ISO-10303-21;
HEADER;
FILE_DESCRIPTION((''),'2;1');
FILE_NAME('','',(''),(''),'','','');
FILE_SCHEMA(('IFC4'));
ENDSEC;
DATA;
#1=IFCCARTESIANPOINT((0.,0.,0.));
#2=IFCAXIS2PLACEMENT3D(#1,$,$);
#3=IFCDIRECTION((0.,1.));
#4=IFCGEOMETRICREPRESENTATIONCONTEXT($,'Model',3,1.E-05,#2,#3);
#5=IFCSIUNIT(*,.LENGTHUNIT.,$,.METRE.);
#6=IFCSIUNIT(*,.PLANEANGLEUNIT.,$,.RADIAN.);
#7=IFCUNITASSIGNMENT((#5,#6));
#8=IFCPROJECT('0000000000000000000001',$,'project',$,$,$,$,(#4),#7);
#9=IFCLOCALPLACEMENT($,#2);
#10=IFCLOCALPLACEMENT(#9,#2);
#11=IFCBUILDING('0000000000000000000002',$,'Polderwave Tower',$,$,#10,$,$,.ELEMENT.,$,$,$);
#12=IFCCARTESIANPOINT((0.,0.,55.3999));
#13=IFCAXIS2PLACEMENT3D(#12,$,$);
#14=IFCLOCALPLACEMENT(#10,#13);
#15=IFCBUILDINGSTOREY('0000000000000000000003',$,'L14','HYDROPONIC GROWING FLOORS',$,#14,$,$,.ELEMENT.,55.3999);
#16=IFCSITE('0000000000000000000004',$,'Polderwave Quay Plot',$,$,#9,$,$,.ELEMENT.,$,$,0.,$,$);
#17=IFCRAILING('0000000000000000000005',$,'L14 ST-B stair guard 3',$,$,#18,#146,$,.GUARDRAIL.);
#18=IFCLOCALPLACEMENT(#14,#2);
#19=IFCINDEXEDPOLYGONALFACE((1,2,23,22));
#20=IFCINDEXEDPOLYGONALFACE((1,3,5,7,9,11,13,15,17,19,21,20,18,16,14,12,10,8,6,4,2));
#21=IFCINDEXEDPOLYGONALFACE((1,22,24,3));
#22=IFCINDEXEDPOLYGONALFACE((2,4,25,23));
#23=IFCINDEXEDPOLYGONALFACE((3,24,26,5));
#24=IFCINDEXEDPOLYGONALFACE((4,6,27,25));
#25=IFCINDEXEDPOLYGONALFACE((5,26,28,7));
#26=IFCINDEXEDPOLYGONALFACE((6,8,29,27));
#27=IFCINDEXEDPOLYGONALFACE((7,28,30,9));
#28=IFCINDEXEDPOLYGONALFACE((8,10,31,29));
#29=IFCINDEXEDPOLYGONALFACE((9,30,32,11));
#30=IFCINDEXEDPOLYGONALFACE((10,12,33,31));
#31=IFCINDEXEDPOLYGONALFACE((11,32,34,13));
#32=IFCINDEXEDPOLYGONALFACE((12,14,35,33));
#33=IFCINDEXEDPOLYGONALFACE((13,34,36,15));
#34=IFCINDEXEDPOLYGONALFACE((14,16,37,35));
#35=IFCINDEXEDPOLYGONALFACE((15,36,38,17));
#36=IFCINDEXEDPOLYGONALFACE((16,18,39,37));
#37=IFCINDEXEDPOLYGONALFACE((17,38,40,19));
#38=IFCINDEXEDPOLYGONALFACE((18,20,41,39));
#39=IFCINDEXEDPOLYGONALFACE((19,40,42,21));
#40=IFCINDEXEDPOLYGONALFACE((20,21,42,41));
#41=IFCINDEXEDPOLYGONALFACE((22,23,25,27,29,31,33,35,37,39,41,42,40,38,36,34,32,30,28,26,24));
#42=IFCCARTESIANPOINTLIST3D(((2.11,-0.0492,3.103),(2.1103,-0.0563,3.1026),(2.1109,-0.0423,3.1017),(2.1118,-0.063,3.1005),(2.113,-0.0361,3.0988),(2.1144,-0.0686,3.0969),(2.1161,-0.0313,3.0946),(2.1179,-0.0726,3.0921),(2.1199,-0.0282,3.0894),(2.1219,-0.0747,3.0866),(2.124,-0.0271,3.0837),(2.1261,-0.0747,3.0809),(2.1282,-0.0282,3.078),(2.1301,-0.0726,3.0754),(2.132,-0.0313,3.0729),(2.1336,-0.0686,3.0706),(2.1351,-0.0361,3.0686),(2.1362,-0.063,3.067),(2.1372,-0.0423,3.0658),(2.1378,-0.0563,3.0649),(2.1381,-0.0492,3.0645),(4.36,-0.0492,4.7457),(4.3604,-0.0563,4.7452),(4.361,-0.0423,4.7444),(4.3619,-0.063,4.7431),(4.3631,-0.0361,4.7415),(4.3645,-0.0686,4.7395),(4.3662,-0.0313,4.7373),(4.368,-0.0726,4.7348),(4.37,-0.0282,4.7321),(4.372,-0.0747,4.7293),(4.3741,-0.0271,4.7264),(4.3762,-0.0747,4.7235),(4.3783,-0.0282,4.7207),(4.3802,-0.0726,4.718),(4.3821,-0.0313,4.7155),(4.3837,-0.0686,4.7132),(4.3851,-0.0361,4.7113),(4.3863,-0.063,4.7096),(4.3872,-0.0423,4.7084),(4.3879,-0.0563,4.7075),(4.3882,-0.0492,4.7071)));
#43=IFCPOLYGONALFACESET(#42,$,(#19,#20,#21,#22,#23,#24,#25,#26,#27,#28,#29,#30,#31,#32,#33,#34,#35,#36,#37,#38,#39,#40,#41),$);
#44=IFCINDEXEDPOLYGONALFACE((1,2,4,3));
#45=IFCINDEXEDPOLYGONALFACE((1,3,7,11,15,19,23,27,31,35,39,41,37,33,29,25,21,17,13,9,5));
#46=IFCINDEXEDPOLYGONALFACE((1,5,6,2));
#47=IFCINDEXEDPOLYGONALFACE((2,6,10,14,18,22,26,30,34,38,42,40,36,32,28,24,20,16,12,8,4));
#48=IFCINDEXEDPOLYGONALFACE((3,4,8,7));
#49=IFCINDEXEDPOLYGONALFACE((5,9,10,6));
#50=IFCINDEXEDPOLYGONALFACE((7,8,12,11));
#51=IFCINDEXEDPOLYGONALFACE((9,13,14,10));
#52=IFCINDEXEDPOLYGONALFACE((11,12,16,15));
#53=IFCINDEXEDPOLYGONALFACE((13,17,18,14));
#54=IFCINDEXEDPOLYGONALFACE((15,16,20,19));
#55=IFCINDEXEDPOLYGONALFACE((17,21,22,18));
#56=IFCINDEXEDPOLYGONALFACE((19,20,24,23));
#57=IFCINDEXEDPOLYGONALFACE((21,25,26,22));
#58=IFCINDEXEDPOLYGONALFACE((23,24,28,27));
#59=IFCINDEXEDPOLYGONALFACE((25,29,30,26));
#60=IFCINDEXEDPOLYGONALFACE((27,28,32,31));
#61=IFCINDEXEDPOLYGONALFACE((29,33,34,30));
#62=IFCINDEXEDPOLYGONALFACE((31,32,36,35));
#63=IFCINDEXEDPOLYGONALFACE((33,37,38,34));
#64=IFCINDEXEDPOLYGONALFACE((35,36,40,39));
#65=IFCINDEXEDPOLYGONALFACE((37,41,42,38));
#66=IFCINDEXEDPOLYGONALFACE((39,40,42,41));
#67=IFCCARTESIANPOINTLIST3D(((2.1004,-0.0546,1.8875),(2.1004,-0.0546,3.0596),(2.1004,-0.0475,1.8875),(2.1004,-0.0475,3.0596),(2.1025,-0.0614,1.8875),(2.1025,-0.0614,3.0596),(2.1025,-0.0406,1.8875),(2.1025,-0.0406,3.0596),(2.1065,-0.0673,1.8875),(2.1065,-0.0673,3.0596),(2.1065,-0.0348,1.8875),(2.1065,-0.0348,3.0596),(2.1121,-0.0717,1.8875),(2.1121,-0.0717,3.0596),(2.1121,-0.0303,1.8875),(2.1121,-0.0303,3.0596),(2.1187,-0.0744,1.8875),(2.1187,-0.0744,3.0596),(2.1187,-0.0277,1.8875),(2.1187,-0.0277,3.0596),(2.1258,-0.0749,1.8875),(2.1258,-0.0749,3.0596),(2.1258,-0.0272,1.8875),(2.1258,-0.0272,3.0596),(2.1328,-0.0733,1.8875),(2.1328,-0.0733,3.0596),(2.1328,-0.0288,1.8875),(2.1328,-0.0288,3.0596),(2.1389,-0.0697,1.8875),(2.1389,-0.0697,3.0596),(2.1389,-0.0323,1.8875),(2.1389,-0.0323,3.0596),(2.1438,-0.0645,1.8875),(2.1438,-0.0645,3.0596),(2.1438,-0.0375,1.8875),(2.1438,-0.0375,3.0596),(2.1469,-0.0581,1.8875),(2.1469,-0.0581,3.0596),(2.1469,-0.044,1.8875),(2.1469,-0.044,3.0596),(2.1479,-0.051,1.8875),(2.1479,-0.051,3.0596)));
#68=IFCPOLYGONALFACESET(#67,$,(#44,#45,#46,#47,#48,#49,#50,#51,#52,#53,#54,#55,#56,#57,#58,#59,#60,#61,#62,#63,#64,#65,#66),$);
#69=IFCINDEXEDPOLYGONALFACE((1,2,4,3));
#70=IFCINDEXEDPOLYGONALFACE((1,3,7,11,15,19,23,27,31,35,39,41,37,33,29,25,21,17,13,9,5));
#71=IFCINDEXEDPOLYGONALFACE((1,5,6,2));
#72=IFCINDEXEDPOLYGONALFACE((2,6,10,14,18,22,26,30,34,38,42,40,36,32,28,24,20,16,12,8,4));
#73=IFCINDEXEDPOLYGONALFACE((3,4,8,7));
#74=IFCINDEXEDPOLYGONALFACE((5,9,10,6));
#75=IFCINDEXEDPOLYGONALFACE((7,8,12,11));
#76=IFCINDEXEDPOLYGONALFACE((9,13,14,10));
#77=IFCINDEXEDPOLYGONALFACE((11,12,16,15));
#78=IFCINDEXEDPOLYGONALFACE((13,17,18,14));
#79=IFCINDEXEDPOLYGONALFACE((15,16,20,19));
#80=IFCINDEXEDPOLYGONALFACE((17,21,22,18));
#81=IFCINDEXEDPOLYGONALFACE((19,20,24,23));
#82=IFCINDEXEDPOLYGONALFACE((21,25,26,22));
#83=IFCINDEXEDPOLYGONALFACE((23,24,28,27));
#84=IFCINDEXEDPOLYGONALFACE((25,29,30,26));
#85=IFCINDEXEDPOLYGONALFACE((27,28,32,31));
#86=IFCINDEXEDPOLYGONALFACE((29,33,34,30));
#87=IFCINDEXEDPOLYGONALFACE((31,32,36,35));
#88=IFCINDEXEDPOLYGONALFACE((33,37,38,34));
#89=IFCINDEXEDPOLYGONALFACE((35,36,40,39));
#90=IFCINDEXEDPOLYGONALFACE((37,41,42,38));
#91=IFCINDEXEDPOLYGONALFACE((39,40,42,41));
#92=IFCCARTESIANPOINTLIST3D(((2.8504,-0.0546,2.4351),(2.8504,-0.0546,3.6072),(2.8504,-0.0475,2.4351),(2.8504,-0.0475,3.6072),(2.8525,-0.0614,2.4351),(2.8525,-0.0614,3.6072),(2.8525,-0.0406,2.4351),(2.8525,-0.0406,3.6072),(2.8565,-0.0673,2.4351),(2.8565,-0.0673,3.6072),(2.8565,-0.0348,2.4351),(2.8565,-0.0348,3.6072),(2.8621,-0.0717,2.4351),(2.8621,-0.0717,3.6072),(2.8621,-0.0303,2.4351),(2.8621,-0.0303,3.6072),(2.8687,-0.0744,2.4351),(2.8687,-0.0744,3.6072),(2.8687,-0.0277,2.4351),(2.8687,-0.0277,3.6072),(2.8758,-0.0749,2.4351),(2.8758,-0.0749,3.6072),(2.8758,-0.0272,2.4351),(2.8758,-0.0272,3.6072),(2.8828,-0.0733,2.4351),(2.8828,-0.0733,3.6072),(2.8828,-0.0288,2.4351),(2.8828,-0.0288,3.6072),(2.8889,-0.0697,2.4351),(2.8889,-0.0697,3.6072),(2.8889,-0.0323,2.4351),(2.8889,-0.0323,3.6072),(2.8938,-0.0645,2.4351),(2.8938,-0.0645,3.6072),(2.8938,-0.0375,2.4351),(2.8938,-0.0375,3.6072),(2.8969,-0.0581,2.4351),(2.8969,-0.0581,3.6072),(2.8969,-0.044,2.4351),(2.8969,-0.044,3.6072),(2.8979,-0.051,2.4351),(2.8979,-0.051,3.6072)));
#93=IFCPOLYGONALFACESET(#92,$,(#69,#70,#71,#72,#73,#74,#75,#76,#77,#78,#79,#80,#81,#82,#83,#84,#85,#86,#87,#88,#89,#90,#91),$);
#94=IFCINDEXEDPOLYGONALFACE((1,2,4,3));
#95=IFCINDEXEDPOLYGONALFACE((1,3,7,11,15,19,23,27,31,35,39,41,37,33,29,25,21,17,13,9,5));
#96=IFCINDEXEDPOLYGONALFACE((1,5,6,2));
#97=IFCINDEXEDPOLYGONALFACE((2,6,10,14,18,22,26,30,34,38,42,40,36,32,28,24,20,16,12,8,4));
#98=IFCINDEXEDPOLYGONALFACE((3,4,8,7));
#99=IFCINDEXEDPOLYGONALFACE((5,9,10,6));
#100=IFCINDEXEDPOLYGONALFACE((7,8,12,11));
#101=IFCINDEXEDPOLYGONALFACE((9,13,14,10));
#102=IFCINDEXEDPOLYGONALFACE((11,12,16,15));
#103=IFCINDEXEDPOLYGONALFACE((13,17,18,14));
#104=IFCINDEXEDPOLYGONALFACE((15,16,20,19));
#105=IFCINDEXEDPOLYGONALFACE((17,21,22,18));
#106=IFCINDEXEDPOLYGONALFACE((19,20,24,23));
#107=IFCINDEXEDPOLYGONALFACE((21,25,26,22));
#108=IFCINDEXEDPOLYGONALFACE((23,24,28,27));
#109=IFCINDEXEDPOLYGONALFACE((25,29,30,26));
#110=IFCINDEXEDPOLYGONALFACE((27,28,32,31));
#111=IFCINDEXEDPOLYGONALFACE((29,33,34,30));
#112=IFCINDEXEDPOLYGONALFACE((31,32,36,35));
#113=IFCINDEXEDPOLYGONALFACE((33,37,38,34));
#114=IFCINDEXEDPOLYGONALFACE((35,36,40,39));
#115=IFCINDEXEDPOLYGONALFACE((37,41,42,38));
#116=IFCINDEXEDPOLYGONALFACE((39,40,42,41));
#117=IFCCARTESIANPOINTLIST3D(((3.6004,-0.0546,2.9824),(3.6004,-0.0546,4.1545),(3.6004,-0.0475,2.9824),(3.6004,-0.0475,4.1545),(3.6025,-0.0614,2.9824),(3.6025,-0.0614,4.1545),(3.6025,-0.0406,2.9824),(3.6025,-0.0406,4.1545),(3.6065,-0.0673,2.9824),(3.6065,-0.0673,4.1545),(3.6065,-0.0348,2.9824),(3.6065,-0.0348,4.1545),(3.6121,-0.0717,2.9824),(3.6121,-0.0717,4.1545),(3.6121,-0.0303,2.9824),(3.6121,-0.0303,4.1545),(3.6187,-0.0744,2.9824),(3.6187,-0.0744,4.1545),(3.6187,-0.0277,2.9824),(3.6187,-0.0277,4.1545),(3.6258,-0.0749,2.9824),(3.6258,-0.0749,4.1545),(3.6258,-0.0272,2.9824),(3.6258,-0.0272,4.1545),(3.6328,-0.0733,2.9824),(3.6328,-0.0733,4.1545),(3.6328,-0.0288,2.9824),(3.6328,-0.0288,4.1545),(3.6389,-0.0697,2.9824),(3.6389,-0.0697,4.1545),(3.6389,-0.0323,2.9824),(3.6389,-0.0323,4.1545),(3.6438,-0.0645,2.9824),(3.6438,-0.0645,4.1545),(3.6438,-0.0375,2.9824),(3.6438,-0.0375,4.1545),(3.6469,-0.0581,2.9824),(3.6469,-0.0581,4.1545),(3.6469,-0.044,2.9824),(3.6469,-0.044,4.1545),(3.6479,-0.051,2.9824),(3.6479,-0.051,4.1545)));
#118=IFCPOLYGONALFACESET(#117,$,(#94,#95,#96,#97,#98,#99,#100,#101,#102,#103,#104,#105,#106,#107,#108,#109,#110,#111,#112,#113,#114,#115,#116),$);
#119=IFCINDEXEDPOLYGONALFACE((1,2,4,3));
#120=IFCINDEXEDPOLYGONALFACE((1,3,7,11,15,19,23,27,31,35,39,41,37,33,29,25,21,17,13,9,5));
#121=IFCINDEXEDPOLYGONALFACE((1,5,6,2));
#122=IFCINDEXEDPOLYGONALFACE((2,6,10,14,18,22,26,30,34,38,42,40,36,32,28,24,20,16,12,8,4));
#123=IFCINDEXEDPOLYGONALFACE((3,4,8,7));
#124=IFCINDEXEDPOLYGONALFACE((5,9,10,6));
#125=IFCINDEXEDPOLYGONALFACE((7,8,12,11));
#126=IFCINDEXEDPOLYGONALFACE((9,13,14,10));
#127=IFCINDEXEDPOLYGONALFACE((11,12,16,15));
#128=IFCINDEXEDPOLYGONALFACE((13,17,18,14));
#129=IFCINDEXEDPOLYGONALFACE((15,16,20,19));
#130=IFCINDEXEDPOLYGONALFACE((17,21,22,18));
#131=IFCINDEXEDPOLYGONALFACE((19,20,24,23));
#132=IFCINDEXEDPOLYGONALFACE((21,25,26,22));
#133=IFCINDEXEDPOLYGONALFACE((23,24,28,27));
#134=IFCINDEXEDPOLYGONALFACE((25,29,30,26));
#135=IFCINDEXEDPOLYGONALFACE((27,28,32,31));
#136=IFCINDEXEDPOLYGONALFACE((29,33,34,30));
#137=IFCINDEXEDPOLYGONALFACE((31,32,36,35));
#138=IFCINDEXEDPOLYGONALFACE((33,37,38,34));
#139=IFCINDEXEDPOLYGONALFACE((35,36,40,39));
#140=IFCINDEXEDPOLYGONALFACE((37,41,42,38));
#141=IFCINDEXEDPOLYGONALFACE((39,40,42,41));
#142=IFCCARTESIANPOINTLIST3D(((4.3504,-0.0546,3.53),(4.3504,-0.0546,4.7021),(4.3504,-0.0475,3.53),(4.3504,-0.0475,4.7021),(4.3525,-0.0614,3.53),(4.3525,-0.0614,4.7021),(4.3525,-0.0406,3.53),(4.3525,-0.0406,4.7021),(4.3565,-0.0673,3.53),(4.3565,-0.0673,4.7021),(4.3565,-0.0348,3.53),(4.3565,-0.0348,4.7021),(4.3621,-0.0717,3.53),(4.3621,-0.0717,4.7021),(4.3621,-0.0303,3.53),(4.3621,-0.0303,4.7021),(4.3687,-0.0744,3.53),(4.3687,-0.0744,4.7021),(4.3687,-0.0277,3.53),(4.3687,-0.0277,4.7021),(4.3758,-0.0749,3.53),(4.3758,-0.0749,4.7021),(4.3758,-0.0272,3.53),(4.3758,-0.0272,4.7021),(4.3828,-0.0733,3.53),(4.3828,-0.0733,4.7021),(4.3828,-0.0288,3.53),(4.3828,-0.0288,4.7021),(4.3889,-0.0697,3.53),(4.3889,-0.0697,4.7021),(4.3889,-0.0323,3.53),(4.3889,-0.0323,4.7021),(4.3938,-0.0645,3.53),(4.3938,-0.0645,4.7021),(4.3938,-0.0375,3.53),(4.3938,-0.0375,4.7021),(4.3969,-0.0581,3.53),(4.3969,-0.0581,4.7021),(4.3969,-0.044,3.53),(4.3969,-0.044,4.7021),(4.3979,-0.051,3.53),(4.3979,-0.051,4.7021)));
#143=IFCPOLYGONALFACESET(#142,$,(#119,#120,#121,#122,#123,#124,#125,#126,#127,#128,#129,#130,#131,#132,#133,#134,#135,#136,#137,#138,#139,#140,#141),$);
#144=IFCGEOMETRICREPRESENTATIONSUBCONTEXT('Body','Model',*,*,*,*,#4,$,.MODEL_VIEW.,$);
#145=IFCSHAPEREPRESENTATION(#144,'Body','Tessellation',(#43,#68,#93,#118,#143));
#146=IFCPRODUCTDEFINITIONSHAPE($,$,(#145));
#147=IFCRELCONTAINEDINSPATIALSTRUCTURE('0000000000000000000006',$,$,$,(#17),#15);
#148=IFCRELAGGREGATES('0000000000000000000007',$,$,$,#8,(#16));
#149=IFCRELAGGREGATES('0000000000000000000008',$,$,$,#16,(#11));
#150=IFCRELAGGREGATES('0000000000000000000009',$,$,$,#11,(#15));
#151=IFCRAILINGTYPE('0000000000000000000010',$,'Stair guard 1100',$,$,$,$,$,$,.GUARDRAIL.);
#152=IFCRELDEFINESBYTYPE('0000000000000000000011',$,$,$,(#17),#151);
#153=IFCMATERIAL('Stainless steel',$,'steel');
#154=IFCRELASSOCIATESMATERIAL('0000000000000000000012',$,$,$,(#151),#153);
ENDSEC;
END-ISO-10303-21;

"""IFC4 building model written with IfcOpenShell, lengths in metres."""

from ifc_helpers import new_model, si_unit, direction, frame, origin, origin_2d, place, context, subcontext, project, spatial, circle, extrude, material, type_object, element, save


model = new_model("IFC4")

# Units and contexts
model_context = context("Model", 3, precision=1e-05, world=origin(), true_north=direction((0.0, 1.0)))
body_context = subcontext(model_context, "Body", "Model", "MODEL_VIEW")
ifc_project = project(units=[si_unit("LENGTHUNIT", "METRE"), si_unit("PLANEANGLEUNIT", "RADIAN")], contexts=[model_context])

# Site, building, storey
site_placement = place(None, origin())
site = spatial("IfcSite", under=ifc_project, at=site_placement, Name="Polderwave Quay Plot", CompositionType="ELEMENT", RefElevation=0.0)
building_placement = place(site_placement, origin())
building = spatial("IfcBuilding", under=site, at=building_placement, Name="Polderwave Tower", CompositionType="ELEMENT")
storey_placement = place(building_placement, frame((0.0, 0.0, 55.3999)))
storey = spatial("IfcBuildingStorey", under=building, at=storey_placement, Name="L14", Description="HYDROPONIC GROWING FLOORS", CompositionType="ELEMENT", Elevation=55.3999)

# Railing
ifc_material_1 = material(Name="Stainless steel", Category="steel")
railing_type_1 = type_object("IfcRailingType", Name="Stair guard 1100", PredefinedType="GUARDRAIL", material=ifc_material_1)
railing_1_placement = place(storey_placement, frame((2.124, -0.051, 1.8875)))
element("IfcRailing", 1, at=railing_1_placement, inside=storey, type_object=railing_type_1, Name="L14 ST-B stair guard 3", PredefinedType="GUARDRAIL", context=body_context, shape_type="SweptSolid", body=[
    extrude(circle(Radius=0.0239, at=origin_2d()), frame((0.0, 0.0, 1.1963), z_axis=(0.807674, 0.0, 0.58963), x_axis=(0.0, 1.0, 0.0)), (0.0, 0.0, 1.0), 2.7859),
    extrude(circle(Radius=0.0239, at=origin_2d()), origin(), (0.0, 0.0, 1.0), 1.1721),
    extrude(circle(Radius=0.0239, at=origin_2d()), frame((0.75, 0.0, 0.5476)), (0.0, 0.0, 1.0), 1.1721),
    extrude(circle(Radius=0.0239, at=origin_2d()), frame((1.5, 0.0, 1.095)), (0.0, 0.0, 1.0), 1.1721),
    extrude(circle(Radius=0.0239, at=origin_2d()), frame((2.25, 0.0, 1.6426)), (0.0, 0.0, 1.0), 1.1721),
])

save(model, "model.ifc")
